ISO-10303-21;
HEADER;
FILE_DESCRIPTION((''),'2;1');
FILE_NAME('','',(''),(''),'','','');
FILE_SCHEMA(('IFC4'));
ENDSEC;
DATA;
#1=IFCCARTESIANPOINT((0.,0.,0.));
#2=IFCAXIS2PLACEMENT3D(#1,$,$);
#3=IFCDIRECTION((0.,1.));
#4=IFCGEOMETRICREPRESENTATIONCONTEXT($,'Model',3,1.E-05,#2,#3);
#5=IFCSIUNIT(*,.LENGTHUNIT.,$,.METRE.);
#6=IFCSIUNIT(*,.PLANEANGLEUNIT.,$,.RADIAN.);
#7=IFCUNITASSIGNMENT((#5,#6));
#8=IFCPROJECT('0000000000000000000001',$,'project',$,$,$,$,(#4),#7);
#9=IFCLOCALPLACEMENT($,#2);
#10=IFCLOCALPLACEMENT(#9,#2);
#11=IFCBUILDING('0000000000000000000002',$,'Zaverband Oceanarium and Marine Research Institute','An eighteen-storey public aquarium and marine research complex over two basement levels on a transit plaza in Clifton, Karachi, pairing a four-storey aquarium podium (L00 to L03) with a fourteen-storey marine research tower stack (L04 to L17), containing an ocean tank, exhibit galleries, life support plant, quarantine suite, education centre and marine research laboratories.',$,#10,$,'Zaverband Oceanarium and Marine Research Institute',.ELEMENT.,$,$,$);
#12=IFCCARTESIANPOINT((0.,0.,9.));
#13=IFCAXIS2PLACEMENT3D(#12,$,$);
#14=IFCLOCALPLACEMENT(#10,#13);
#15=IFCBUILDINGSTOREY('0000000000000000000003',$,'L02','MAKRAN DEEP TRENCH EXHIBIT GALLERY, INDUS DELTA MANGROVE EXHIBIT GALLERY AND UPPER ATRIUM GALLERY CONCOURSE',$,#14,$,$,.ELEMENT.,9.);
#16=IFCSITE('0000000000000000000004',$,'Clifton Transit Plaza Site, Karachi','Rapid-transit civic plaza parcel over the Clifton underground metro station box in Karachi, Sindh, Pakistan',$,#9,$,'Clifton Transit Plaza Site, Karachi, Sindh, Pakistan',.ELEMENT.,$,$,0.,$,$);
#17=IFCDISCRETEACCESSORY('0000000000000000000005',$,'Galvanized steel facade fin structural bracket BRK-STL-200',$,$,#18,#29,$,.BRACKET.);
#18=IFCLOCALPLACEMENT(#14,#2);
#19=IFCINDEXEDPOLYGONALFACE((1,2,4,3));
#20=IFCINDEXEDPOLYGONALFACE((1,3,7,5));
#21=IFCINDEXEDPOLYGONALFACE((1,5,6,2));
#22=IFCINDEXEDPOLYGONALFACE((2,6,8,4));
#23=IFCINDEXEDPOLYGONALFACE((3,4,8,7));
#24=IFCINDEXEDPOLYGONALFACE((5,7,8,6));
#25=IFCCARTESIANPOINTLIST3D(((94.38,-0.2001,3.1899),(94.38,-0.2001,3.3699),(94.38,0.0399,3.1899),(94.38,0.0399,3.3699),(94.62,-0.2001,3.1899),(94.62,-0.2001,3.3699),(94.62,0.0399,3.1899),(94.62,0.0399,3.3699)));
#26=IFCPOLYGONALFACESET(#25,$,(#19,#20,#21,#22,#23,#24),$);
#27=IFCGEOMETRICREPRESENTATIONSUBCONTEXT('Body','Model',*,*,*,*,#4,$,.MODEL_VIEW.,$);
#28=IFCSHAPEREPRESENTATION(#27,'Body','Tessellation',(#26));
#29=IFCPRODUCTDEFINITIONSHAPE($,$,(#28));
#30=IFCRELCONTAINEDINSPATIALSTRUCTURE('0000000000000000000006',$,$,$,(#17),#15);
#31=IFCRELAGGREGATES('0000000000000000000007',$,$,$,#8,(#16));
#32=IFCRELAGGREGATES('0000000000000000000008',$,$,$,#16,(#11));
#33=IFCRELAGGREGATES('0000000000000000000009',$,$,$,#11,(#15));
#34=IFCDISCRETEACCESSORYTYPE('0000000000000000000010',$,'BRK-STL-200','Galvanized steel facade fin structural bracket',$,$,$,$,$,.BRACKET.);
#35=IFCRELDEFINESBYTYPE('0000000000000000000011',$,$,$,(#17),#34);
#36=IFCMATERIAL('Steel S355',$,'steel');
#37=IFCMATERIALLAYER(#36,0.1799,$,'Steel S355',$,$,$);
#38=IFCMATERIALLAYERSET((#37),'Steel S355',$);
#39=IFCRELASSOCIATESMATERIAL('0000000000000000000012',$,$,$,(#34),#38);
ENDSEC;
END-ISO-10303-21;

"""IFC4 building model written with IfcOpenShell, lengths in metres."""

from ifc_helpers import new_model, si_unit, direction, frame, origin, origin_2d, place, context, subcontext, project, spatial, rectangle, extrude, material, layer, layer_set, type_object, element, save


model = new_model("IFC4")

# Units and contexts
model_context = context("Model", 3, precision=1e-05, world=origin(), true_north=direction((0.0, 1.0)))
body_context = subcontext(model_context, "Body", "Model", "MODEL_VIEW")
ifc_project = project(units=[si_unit("LENGTHUNIT", "METRE"), si_unit("PLANEANGLEUNIT", "RADIAN")], contexts=[model_context])

# Site, building, storey
site_placement = place(None, origin())
site = spatial("IfcSite", under=ifc_project, at=site_placement, Name="Clifton Transit Plaza Site, Karachi", Description="Rapid-transit civic plaza parcel over the Clifton underground metro station box in Karachi, Sindh, Pakistan", LongName="Clifton Transit Plaza Site, Karachi, Sindh, Pakistan", CompositionType="ELEMENT", RefElevation=0.0)
building_placement = place(site_placement, origin())
building = spatial("IfcBuilding", under=site, at=building_placement, Name="Zaverband Oceanarium and Marine Research Institute", Description="An eighteen-storey public aquarium and marine research complex over two basement levels on a transit plaza in Clifton, Karachi, pairing a four-storey aquarium podium (L00 to L03) with a fourteen-storey marine research tower stack (L04 to L17), containing an ocean tank, exhibit galleries, life support plant, quarantine suite, education centre and marine research laboratories.", LongName="Zaverband Oceanarium and Marine Research Institute", CompositionType="ELEMENT")
storey_placement = place(building_placement, frame((0.0, 0.0, 9.0)))
storey = spatial("IfcBuildingStorey", under=building, at=storey_placement, Name="L02", Description="MAKRAN DEEP TRENCH EXHIBIT GALLERY, INDUS DELTA MANGROVE EXHIBIT GALLERY AND UPPER ATRIUM GALLERY CONCOURSE", CompositionType="ELEMENT", Elevation=9.0)

# Discrete accessory
ifc_material_1 = material(Name="Steel S355", Category="steel")
ifc_layer_1 = layer(ifc_material_1, 0.1799, Name="Steel S355")
ifc_layer_set_1 = layer_set([ifc_layer_1], Name="Steel S355")
discrete_accessory_type = type_object("IfcDiscreteAccessoryType", Name="BRK-STL-200", Description="Galvanized steel facade fin structural bracket", PredefinedType="BRACKET", material=ifc_layer_set_1)
discrete_accessory_placement = place(storey_placement, frame((94.5, -0.0801, 3.1899), z_axis=(0.0, 0.0, 1.0), x_axis=(1.0, 0.0, 0.0)))
element("IfcDiscreteAccessory", 1, at=discrete_accessory_placement, inside=storey, type_object=discrete_accessory_type, Name="Galvanized steel facade fin structural bracket BRK-STL-200", PredefinedType="BRACKET", context=body_context, shape_type="SweptSolid", body=[
    extrude(rectangle(XDim=0.24, YDim=0.24, at=origin_2d()), origin(), (0.0, 0.0, 1.0), 0.1799),
])

save(model, "model.ifc")
